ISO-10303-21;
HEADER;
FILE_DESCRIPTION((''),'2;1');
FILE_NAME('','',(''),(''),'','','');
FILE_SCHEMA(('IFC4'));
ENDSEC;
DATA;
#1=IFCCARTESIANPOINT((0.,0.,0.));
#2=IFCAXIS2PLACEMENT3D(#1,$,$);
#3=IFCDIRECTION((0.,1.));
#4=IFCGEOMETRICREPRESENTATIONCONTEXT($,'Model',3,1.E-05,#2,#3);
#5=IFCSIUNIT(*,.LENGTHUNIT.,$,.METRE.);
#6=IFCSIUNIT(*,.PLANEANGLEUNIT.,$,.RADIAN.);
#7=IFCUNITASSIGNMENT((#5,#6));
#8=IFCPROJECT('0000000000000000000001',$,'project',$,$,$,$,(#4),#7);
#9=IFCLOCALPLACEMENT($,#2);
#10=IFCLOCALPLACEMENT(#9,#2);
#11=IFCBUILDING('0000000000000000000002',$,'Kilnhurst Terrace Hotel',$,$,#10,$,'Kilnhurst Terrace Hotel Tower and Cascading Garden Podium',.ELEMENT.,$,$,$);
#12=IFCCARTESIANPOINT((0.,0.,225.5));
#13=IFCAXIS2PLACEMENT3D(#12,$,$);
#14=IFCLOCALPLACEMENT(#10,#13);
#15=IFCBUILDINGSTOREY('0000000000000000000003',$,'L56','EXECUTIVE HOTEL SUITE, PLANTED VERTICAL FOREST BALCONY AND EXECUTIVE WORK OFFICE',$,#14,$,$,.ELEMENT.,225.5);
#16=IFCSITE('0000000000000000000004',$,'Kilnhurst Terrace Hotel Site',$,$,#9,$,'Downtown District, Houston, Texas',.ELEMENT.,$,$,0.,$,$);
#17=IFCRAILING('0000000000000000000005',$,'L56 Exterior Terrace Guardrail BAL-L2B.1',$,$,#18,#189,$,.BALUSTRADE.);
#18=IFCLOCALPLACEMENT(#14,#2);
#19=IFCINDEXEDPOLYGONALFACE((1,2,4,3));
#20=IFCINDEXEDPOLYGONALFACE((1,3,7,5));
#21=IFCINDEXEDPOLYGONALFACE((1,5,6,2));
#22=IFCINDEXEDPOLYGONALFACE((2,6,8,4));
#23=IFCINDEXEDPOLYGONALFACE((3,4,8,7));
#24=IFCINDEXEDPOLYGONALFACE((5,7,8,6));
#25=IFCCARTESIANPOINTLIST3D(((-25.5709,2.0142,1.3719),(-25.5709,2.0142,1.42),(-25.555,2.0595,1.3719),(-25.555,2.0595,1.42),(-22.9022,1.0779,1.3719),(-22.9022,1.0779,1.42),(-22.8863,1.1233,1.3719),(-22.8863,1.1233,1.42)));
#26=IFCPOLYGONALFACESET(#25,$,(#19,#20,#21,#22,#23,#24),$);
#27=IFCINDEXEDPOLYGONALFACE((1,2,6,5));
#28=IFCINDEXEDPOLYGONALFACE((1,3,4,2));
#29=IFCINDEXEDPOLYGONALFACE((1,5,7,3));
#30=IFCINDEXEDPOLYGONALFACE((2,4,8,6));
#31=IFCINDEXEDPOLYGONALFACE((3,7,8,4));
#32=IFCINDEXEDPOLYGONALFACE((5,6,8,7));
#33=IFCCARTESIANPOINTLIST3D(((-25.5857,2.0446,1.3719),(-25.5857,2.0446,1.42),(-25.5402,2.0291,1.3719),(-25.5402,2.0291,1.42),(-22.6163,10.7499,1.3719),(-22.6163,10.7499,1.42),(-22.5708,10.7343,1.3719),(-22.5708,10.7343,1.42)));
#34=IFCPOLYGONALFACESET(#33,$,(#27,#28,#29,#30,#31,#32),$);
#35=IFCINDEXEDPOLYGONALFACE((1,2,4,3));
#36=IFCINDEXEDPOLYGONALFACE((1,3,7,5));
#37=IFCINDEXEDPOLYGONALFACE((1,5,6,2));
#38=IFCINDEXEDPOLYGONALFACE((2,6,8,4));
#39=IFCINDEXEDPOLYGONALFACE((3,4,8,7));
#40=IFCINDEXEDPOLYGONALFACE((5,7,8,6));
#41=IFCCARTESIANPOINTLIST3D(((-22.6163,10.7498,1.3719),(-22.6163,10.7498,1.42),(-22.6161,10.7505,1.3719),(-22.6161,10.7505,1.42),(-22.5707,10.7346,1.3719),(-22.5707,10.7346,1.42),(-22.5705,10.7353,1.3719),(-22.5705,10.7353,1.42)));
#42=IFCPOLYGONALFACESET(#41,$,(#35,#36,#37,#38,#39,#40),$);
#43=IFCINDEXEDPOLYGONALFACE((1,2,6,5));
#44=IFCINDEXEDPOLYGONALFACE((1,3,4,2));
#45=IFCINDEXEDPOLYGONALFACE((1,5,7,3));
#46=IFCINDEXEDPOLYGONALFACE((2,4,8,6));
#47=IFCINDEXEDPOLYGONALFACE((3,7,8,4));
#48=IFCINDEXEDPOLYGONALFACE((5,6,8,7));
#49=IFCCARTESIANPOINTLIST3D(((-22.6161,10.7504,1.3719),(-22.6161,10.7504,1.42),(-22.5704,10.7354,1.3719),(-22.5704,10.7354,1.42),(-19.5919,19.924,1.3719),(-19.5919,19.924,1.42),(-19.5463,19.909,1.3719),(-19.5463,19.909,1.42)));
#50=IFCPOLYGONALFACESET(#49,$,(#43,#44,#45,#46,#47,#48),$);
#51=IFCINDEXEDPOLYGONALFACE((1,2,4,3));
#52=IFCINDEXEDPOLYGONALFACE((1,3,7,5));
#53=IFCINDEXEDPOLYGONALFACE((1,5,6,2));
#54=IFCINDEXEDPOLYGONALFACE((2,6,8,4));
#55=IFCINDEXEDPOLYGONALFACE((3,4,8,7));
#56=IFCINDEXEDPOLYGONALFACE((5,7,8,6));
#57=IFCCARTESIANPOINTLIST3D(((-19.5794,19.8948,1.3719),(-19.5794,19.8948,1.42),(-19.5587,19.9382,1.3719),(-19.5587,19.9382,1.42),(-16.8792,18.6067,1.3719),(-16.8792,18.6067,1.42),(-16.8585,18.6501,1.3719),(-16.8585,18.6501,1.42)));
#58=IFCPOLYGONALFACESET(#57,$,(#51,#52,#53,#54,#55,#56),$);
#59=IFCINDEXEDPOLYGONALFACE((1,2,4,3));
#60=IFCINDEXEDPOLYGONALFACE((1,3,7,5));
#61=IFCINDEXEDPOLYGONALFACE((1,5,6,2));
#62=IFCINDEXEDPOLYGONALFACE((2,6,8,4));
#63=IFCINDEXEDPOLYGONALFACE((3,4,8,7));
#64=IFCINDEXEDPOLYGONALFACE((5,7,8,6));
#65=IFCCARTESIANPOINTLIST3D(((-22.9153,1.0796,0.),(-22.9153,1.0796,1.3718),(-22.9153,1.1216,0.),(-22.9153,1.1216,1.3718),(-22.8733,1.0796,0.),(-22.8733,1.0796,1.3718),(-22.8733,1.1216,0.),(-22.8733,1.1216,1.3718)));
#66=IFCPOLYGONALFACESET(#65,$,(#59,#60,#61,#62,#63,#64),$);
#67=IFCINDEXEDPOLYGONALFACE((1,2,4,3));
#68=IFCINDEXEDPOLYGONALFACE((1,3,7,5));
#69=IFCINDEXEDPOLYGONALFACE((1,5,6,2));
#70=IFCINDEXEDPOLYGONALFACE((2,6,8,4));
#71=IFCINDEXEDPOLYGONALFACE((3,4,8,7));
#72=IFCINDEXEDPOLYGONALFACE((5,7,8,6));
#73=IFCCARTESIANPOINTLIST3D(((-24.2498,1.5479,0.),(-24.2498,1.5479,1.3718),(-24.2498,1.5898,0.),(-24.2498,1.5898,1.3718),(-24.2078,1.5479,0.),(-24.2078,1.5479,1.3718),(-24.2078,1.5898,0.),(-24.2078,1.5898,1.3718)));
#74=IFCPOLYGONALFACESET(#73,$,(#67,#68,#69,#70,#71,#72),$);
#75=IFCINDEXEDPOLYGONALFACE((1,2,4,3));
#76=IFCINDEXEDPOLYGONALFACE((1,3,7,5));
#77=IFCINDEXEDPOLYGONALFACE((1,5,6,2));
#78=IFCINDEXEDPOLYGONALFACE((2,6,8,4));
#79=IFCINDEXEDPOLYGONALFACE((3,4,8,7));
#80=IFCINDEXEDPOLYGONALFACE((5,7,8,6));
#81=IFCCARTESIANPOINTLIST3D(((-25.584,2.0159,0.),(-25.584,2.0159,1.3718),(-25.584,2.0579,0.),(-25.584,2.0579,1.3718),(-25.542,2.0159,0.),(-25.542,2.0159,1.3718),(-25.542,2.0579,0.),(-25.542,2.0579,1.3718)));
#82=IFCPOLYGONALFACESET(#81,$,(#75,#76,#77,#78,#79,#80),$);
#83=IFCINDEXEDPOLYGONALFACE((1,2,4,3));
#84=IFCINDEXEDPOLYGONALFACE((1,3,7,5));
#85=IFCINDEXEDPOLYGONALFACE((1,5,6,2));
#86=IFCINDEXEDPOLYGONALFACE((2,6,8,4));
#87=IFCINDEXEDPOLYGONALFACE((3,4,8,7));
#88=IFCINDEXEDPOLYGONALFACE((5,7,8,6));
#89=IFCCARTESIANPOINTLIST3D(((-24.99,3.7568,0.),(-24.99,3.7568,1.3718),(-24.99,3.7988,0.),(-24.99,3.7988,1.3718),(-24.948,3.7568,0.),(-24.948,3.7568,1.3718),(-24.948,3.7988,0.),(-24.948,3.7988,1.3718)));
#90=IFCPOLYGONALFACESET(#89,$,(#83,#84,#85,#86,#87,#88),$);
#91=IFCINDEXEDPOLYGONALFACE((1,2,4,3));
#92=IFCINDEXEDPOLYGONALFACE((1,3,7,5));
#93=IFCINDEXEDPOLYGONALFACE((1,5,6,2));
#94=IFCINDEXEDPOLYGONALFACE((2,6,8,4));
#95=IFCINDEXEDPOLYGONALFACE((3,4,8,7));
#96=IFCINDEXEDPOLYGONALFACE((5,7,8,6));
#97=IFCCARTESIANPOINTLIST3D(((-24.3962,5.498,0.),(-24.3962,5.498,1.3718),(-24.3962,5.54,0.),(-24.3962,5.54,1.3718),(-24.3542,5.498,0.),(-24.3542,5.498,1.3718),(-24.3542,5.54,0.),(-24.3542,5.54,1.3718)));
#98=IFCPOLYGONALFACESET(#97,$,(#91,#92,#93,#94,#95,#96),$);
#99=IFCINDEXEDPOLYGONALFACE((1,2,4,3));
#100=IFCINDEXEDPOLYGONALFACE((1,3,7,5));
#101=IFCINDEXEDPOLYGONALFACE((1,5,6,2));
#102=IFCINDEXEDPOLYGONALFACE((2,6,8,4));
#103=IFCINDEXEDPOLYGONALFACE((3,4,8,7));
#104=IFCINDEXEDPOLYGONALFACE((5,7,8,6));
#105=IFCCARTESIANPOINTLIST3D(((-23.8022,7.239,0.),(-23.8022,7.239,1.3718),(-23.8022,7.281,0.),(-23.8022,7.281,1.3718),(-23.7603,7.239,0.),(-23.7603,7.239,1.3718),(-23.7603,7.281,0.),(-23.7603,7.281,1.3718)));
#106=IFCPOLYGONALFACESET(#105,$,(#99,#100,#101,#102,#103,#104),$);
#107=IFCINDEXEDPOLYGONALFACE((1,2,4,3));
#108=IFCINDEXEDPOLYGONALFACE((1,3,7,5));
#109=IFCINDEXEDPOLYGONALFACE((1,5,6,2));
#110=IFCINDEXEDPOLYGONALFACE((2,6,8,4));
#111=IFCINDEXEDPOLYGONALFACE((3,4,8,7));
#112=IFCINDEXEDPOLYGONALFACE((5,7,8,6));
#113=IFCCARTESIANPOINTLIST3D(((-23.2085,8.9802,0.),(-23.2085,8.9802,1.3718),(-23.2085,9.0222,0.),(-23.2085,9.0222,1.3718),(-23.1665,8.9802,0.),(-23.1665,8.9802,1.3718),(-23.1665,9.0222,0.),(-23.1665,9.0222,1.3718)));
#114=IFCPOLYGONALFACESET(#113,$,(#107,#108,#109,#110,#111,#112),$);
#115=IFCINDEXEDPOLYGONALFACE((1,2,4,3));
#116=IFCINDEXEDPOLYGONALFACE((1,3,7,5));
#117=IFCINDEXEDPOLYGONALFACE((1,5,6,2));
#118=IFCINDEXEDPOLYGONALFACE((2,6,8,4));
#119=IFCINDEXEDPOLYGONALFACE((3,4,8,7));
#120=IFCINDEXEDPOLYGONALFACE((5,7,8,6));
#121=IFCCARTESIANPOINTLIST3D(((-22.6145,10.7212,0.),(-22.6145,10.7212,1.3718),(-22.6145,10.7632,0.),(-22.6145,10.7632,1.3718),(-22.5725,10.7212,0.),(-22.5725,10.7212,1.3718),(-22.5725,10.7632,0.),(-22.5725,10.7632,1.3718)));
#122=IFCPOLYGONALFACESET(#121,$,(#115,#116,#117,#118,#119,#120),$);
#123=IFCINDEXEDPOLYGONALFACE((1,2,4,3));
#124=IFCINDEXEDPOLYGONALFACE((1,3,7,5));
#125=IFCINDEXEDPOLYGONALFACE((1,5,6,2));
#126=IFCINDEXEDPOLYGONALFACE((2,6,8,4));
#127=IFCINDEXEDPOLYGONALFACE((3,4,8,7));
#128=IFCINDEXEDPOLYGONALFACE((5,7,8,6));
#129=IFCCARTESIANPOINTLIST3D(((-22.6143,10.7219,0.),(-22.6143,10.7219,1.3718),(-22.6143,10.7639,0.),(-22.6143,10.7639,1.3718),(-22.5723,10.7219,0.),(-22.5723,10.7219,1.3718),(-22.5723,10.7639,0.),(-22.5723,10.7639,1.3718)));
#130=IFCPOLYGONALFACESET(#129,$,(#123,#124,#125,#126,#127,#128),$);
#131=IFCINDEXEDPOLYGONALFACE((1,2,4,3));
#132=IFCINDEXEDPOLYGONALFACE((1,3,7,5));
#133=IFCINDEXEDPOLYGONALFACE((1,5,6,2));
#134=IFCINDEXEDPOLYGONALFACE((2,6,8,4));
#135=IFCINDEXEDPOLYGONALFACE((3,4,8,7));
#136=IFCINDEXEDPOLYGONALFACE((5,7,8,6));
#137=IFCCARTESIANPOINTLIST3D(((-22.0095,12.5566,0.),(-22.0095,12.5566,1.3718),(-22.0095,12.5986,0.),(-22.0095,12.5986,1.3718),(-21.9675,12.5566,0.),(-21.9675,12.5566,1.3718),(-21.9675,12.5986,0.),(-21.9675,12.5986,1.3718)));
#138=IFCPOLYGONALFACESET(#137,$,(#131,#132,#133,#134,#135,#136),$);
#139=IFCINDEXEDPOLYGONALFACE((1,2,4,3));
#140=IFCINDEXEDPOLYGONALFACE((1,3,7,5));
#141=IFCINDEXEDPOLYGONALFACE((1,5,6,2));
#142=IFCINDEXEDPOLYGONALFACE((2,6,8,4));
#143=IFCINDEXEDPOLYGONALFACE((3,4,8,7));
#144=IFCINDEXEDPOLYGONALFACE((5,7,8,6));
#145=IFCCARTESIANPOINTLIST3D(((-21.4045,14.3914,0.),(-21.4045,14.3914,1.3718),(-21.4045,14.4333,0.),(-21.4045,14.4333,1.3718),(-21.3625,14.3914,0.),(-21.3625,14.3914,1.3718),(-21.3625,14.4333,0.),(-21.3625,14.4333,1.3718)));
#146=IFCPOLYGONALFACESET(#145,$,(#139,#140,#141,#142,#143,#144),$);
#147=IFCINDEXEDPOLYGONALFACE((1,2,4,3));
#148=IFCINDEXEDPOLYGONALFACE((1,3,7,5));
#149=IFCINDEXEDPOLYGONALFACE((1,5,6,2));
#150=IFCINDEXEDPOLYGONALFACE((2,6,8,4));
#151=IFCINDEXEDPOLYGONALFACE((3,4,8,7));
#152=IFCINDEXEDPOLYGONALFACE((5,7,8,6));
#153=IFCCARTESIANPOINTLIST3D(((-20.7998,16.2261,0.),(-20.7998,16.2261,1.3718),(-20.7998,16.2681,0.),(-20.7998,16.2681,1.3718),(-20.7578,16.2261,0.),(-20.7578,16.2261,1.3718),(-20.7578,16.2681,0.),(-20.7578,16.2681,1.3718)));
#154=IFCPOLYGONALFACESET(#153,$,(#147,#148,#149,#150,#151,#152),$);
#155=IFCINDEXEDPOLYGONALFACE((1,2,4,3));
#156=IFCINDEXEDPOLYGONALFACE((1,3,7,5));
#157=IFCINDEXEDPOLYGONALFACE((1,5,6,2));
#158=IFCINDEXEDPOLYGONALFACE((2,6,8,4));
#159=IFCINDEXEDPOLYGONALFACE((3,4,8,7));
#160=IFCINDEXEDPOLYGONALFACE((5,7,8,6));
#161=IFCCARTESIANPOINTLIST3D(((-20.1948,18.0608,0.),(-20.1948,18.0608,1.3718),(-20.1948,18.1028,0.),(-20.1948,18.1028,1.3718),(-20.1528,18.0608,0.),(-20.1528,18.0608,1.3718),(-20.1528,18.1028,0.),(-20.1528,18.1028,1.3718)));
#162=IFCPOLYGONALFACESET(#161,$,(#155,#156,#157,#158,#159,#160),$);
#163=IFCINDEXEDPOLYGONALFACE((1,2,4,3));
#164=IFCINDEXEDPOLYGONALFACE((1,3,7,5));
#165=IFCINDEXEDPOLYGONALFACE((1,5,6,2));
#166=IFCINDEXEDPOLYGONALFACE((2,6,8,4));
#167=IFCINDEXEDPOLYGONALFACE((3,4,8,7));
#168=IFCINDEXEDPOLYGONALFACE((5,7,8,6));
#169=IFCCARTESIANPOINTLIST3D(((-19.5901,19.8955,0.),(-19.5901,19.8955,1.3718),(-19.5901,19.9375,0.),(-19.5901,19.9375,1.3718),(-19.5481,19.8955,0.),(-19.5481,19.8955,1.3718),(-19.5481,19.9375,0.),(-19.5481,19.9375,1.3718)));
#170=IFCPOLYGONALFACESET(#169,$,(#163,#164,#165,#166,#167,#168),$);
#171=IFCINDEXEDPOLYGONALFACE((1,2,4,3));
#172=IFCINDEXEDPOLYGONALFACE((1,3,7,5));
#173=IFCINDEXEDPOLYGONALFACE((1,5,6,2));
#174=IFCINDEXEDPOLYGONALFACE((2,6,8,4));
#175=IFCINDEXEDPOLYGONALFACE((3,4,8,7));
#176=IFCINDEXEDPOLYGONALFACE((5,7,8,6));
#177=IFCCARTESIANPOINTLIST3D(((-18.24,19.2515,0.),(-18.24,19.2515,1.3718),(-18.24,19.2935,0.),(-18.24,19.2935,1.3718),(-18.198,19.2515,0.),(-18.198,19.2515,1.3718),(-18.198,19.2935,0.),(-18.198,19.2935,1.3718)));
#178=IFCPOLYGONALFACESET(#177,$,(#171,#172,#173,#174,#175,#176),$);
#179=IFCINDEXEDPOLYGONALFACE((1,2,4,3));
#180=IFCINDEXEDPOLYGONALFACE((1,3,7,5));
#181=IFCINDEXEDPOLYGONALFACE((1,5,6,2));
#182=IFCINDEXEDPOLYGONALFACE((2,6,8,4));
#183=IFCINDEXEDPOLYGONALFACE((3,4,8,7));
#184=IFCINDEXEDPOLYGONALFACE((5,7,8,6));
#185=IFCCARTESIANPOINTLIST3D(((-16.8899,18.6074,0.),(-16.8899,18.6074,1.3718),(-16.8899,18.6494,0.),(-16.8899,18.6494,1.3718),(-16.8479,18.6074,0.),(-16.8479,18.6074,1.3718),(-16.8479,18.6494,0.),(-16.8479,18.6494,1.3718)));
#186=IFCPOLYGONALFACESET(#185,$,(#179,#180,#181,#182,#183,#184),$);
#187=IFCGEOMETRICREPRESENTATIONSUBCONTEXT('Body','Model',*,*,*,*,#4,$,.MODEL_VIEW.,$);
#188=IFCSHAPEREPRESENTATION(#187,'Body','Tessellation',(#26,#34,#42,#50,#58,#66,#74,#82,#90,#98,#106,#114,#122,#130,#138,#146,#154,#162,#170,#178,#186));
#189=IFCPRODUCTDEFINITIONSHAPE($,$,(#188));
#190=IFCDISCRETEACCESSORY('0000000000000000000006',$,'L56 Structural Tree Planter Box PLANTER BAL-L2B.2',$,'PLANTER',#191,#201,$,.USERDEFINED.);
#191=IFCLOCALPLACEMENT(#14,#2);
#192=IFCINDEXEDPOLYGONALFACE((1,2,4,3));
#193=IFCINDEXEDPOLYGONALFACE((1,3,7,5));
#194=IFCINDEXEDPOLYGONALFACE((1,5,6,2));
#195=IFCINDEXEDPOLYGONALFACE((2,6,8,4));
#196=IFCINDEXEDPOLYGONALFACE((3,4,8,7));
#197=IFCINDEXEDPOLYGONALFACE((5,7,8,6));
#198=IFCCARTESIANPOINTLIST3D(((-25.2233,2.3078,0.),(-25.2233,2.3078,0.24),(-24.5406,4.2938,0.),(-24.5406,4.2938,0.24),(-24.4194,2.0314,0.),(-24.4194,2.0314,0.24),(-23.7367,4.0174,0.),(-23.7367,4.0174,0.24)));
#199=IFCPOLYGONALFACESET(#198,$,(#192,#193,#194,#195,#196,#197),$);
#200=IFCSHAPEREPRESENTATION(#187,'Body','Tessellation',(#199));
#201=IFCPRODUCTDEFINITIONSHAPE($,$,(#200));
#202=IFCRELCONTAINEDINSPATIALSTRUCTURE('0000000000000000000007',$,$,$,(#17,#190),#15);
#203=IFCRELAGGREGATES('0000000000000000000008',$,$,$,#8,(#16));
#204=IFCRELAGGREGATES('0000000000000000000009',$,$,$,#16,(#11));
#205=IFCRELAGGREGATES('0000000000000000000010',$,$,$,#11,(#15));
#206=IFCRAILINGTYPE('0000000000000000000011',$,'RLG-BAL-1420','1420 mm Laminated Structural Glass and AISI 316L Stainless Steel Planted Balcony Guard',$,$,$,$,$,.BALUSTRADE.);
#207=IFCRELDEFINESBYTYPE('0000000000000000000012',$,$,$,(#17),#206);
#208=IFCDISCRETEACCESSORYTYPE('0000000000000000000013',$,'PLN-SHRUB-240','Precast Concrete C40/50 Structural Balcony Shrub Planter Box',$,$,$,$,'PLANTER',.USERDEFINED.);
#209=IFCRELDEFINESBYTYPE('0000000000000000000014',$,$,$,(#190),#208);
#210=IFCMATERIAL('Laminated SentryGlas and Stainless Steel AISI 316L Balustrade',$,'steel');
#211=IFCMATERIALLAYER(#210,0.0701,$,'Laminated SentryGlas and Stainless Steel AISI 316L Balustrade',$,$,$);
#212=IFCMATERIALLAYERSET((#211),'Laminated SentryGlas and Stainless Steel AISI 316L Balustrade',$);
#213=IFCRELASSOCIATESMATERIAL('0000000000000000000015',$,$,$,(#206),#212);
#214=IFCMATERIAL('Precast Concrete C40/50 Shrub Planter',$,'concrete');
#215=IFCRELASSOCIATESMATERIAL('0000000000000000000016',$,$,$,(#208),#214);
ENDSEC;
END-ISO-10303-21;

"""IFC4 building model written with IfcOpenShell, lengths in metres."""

from ifc_helpers import new_model, si_unit, direction, frame, origin, origin_2d, place, context, subcontext, project, spatial, rectangle, extrude, material, layer, layer_set, type_object, element, save


model = new_model("IFC4")

# Units and contexts
model_context = context("Model", 3, precision=1e-05, world=origin(), true_north=direction((0.0, 1.0)))
body_context = subcontext(model_context, "Body", "Model", "MODEL_VIEW")
ifc_project = project(units=[si_unit("LENGTHUNIT", "METRE"), si_unit("PLANEANGLEUNIT", "RADIAN")], contexts=[model_context])

# Site, building, storey
site_placement = place(None, origin())
site = spatial("IfcSite", under=ifc_project, at=site_placement, Name="Kilnhurst Terrace Hotel Site", LongName="Downtown District, Houston, Texas", CompositionType="ELEMENT", RefElevation=0.0)
building_placement = place(site_placement, origin())
building = spatial("IfcBuilding", under=site, at=building_placement, Name="Kilnhurst Terrace Hotel", LongName="Kilnhurst Terrace Hotel Tower and Cascading Garden Podium", CompositionType="ELEMENT")
storey_placement = place(building_placement, frame((0.0, 0.0, 225.5)))
storey = spatial("IfcBuildingStorey", under=building, at=storey_placement, Name="L56", Description="EXECUTIVE HOTEL SUITE, PLANTED VERTICAL FOREST BALCONY AND EXECUTIVE WORK OFFICE", CompositionType="ELEMENT", Elevation=225.5)

# Railing
ifc_material_1 = material(Name="Laminated SentryGlas and Stainless Steel AISI 316L Balustrade", Category="steel")
ifc_layer_1 = layer(ifc_material_1, 0.0701, Name="Laminated SentryGlas and Stainless Steel AISI 316L Balustrade")
ifc_layer_set_1 = layer_set([ifc_layer_1], Name="Laminated SentryGlas and Stainless Steel AISI 316L Balustrade")
railing_type = type_object("IfcRailingType", Name="RLG-BAL-1420", Description="1420 mm Laminated Structural Glass and AISI 316L Stainless Steel Planted Balcony Guard", PredefinedType="BALUSTRADE", material=ifc_layer_set_1)
railing_placement = place(storey_placement, frame((-22.8943, 1.1006, 0.0)))
element("IfcRailing", 1, at=railing_placement, inside=storey, type_object=railing_type, Name="L56 Exterior Terrace Guardrail BAL-L2B.1", PredefinedType="BALUSTRADE", context=body_context, shape_type="SweptSolid", body=[
    extrude(rectangle(XDim=0.0481, YDim=0.0481, at=origin_2d()), frame((0.0, 0.0, 1.396), z_axis=(-0.943612, 0.331054, 0.0), x_axis=(-0.331054, -0.943612, 0.0)), (0.0, 0.0, 1.0), 2.8281),
    extrude(rectangle(XDim=0.0481, YDim=0.0481, at=origin_2d()), frame((-2.6687, 0.9363, 1.396), z_axis=(0.322845, 0.946452, 0.0), x_axis=(-0.946452, 0.322845, 0.0)), (0.0, 0.0, 1.0), 9.1978),
    extrude(rectangle(XDim=0.0481, YDim=0.0481, at=origin_2d()), frame((0.3008, 9.6416, 1.396), z_axis=(0.316228, 0.948683, 0.0), x_axis=(-0.948683, 0.316228, 0.0)), (0.0, 0.0, 1.0), 0.0007),
    extrude(rectangle(XDim=0.0481, YDim=0.0481, at=origin_2d()), frame((0.301, 9.6423, 1.396), z_axis=(0.313087, 0.949725, 0.0), x_axis=(-0.949725, 0.313087, 0.0)), (0.0, 0.0, 1.0), 9.6592),
    extrude(rectangle(XDim=0.0481, YDim=0.0481, at=origin_2d()), frame((3.3252, 18.8159, 1.396), z_axis=(0.902565, -0.430554, 0.0), x_axis=(0.430554, 0.902565, 0.0)), (0.0, 0.0, 1.0), 2.9917),
    extrude(rectangle(XDim=0.042, YDim=0.042, at=origin_2d()), origin(), (0.0, 0.0, 1.0), 1.3718),
    extrude(rectangle(XDim=0.042, YDim=0.042, at=origin_2d()), frame((-1.3345, 0.4683, 0.0)), (0.0, 0.0, 1.0), 1.3718),
    extrude(rectangle(XDim=0.042, YDim=0.042, at=origin_2d()), frame((-2.6687, 0.9363, 0.0)), (0.0, 0.0, 1.0), 1.3718),
    extrude(rectangle(XDim=0.042, YDim=0.042, at=origin_2d()), frame((-2.0747, 2.6772, 0.0)), (0.0, 0.0, 1.0), 1.3718),
    extrude(rectangle(XDim=0.042, YDim=0.042, at=origin_2d()), frame((-1.481, 4.4185, 0.0)), (0.0, 0.0, 1.0), 1.3718),
    extrude(rectangle(XDim=0.042, YDim=0.042, at=origin_2d()), frame((-0.887, 6.1594, 0.0)), (0.0, 0.0, 1.0), 1.3718),
    extrude(rectangle(XDim=0.042, YDim=0.042, at=origin_2d()), frame((-0.2932, 7.9006, 0.0)), (0.0, 0.0, 1.0), 1.3718),
    extrude(rectangle(XDim=0.042, YDim=0.042, at=origin_2d()), frame((0.3008, 9.6416, 0.0)), (0.0, 0.0, 1.0), 1.3718),
    extrude(rectangle(XDim=0.042, YDim=0.042, at=origin_2d()), frame((0.301, 9.6423, 0.0)), (0.0, 0.0, 1.0), 1.3718),
    extrude(rectangle(XDim=0.042, YDim=0.042, at=origin_2d()), frame((0.9058, 11.4771, 0.0)), (0.0, 0.0, 1.0), 1.3718),
    extrude(rectangle(XDim=0.042, YDim=0.042, at=origin_2d()), frame((1.5107, 13.3118, 0.0)), (0.0, 0.0, 1.0), 1.3718),
    extrude(rectangle(XDim=0.042, YDim=0.042, at=origin_2d()), frame((2.1155, 15.1465, 0.0)), (0.0, 0.0, 1.0), 1.3718),
    extrude(rectangle(XDim=0.042, YDim=0.042, at=origin_2d()), frame((2.7205, 16.9812, 0.0)), (0.0, 0.0, 1.0), 1.3718),
    extrude(rectangle(XDim=0.042, YDim=0.042, at=origin_2d()), frame((3.3252, 18.8159, 0.0)), (0.0, 0.0, 1.0), 1.3718),
    extrude(rectangle(XDim=0.042, YDim=0.042, at=origin_2d()), frame((4.6753, 18.1719, 0.0)), (0.0, 0.0, 1.0), 1.3718),
    extrude(rectangle(XDim=0.042, YDim=0.042, at=origin_2d()), frame((6.0254, 17.5278, 0.0)), (0.0, 0.0, 1.0), 1.3718),
])

# Discrete accessory
ifc_material_2 = material(Name="Precast Concrete C40/50 Shrub Planter", Category="concrete")
discrete_accessory_type = type_object("IfcDiscreteAccessoryType", Name="PLN-SHRUB-240", Description="Precast Concrete C40/50 Structural Balcony Shrub Planter Box", ElementType="PLANTER", PredefinedType="USERDEFINED", material=ifc_material_2)
discrete_accessory_placement = place(storey_placement, frame((-24.48, 3.1626, 0.0), z_axis=(0.0, 0.0, 1.0), x_axis=(-0.32509, -0.945683, 0.0)))
element("IfcDiscreteAccessory", 2, at=discrete_accessory_placement, inside=storey, type_object=discrete_accessory_type, Name="L56 Structural Tree Planter Box PLANTER BAL-L2B.2", ObjectType="PLANTER", PredefinedType="USERDEFINED", context=body_context, shape_type="SweptSolid", body=[
    extrude(rectangle(XDim=2.1001, YDim=0.8501, at=origin_2d()), origin(), (0.0, 0.0, 1.0), 0.24),
])

save(model, "model.ifc")
